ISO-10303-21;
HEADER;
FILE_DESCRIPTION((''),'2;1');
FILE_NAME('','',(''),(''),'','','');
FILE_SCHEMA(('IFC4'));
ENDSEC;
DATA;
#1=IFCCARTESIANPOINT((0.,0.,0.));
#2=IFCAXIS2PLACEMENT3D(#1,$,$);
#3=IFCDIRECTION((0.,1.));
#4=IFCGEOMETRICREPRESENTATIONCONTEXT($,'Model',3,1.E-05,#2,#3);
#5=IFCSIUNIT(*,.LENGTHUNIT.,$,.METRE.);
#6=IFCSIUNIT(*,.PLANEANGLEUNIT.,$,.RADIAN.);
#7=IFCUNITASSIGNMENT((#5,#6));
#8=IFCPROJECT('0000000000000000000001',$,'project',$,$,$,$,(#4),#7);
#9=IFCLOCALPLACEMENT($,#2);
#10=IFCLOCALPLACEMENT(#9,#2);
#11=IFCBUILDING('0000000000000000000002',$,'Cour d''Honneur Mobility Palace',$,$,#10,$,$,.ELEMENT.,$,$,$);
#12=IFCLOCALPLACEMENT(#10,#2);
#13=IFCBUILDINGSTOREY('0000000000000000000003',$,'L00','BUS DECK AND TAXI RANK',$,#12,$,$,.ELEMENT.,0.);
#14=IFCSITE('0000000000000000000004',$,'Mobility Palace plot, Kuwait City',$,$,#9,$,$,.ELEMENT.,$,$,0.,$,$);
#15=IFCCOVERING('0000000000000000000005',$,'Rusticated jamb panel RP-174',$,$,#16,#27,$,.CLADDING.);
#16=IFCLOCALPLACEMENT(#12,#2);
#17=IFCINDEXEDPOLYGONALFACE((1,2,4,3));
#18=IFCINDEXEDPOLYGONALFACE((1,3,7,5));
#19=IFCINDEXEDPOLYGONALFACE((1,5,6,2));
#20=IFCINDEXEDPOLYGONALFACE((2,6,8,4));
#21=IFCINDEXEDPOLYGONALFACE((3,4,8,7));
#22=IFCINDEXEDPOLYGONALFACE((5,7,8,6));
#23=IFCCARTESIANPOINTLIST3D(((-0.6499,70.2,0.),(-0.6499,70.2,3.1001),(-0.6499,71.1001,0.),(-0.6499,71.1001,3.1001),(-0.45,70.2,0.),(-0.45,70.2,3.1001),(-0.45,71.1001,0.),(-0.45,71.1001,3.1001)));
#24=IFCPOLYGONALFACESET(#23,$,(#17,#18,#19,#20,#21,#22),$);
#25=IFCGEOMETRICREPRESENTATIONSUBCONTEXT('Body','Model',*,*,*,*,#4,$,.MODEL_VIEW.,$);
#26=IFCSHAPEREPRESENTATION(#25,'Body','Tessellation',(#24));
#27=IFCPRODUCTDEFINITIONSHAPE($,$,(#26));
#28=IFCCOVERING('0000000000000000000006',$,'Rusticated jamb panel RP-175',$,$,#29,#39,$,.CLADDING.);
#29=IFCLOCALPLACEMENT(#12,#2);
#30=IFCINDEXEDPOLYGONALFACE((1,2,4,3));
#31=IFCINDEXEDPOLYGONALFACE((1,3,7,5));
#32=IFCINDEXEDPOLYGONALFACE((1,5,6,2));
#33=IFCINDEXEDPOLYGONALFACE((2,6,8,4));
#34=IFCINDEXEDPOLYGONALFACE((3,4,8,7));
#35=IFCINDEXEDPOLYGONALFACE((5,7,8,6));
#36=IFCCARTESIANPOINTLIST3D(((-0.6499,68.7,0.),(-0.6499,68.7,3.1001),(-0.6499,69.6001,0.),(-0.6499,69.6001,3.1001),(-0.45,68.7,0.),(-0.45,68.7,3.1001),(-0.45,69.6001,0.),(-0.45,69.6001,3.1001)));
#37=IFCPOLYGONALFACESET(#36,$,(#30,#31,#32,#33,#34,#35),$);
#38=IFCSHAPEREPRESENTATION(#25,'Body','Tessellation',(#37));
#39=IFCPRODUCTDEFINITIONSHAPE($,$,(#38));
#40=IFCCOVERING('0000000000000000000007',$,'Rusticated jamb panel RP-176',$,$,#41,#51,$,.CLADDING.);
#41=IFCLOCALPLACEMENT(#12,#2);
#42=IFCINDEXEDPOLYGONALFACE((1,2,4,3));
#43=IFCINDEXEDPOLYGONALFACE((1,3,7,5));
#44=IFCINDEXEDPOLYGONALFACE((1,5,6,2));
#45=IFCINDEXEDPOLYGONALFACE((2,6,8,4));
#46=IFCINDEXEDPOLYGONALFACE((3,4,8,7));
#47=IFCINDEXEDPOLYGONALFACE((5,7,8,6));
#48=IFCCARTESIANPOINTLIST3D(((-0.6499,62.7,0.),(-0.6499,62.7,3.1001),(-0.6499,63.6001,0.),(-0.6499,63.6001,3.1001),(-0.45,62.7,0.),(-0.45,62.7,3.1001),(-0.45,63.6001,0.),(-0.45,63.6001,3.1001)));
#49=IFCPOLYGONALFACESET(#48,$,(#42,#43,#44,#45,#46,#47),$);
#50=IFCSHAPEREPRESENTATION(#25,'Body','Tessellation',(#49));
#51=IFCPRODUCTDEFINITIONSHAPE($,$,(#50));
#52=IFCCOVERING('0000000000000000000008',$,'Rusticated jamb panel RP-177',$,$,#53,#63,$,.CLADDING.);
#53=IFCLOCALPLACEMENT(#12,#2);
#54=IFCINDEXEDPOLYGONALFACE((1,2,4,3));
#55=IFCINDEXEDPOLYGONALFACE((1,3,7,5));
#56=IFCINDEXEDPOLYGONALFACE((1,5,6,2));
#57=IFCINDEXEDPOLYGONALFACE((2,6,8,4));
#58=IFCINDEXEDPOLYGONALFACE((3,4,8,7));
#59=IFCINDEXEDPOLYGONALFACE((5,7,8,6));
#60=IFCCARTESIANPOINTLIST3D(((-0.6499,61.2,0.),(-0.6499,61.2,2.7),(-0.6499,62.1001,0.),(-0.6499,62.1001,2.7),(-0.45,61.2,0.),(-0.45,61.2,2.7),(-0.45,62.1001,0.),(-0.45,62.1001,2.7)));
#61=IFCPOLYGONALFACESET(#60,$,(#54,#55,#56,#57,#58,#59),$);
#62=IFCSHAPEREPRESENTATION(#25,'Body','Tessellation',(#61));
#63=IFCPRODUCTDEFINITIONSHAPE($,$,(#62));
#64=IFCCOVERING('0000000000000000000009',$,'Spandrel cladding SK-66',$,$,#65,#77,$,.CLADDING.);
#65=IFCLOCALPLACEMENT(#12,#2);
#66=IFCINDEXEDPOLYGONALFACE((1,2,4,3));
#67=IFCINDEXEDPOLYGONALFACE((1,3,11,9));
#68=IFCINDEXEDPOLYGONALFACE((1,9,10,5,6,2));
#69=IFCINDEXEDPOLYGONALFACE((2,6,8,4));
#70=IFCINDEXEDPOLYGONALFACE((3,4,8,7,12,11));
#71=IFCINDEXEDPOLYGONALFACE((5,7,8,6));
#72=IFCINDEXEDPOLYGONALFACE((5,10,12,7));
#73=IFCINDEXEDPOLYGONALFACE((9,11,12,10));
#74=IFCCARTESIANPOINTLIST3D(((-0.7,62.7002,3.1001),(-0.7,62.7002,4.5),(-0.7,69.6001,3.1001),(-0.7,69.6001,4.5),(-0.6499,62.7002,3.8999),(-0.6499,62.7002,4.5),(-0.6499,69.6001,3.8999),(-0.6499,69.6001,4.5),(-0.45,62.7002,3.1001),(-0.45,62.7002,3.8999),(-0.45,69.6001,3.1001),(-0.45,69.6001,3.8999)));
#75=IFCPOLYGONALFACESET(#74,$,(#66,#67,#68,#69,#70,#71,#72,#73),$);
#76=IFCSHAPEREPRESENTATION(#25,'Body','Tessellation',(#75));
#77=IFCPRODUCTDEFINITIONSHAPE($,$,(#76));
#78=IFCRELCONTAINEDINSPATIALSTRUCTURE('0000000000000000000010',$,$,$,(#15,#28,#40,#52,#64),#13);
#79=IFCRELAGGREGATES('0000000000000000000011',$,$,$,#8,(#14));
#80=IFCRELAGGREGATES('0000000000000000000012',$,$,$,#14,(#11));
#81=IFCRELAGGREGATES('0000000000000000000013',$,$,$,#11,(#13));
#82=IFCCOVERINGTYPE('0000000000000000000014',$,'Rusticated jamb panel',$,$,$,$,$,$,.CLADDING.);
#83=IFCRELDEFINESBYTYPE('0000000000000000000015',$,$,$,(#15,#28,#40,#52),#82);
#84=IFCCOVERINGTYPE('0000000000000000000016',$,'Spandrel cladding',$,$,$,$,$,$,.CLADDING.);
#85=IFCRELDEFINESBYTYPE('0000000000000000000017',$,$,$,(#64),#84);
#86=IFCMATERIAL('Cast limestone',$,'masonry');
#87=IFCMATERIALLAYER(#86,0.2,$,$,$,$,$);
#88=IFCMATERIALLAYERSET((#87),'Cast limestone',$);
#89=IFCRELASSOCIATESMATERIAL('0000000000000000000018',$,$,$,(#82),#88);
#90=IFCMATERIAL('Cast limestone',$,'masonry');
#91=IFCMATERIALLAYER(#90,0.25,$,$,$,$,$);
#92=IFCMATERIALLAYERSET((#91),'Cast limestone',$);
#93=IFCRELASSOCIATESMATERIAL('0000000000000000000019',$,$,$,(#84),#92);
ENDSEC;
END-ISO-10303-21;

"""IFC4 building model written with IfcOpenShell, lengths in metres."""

from ifc_helpers import new_model, si_unit, direction, frame, origin, place, context, subcontext, project, spatial, polyline, outline, extrude, material, layer, layer_set, type_object, element, save


model = new_model("IFC4")

# Units and contexts
model_context = context("Model", 3, precision=1e-05, world=origin(), true_north=direction((0.0, 1.0)))
body_context = subcontext(model_context, "Body", "Model", "MODEL_VIEW")
ifc_project = project(units=[si_unit("LENGTHUNIT", "METRE"), si_unit("PLANEANGLEUNIT", "RADIAN")], contexts=[model_context])

# Site, building, storey
site_placement = place(None, origin())
site = spatial("IfcSite", under=ifc_project, at=site_placement, Name="Mobility Palace plot, Kuwait City", CompositionType="ELEMENT", RefElevation=0.0)
building_placement = place(site_placement, origin())
building = spatial("IfcBuilding", under=site, at=building_placement, Name="Cour d'Honneur Mobility Palace", CompositionType="ELEMENT")
storey_placement = place(building_placement, origin())
storey = spatial("IfcBuildingStorey", under=building, at=storey_placement, Name="L00", Description="BUS DECK AND TAXI RANK", CompositionType="ELEMENT", Elevation=0.0)

# Coverings
ifc_material_1 = material(Name="Cast limestone", Category="masonry")
ifc_layer_1 = layer(ifc_material_1, 0.2)
ifc_layer_set_1 = layer_set([ifc_layer_1], Name="Cast limestone")
covering_type_1 = type_object("IfcCoveringType", Name="Rusticated jamb panel", PredefinedType="CLADDING", material=ifc_layer_set_1)
for number, where, z_axis, x_axis, name in (
    (1, (-0.6499, 71.1001, 0.0), (-1.0, 0.0, 0.0), (0.0, -1.0, 0.0), "Rusticated jamb panel RP-174"),
    (2, (-0.6499, 69.6001, 0.0), (-1.0, 0.0, 0.0), (0.0, -1.0, 0.0), "Rusticated jamb panel RP-175"),
    (3, (-0.6499, 63.6001, 0.0), (-1.0, 0.0, 0.0), (0.0, -1.0, 0.0), "Rusticated jamb panel RP-176"),
):
    element("IfcCovering", number, at=place(storey_placement, frame(where, z_axis=z_axis, x_axis=x_axis)), inside=storey, type_object=covering_type_1, Name=name, PredefinedType="CLADDING", context=body_context, shape_type="SweptSolid", body=[
        extrude(outline(polyline([(0.0, 0.0), (0.9001, 0.0), (0.9001, 3.1001), (0.0, 3.1001), (0.0, 0.0)])), origin(), (0.0, 0.0, -1.0), 0.2),
    ])
covering_1_placement = place(storey_placement, frame((-0.6499, 62.1001, 0.0), z_axis=(-1.0, 0.0, 0.0), x_axis=(0.0, -1.0, 0.0)))
element("IfcCovering", 4, at=covering_1_placement, inside=storey, type_object=covering_type_1, Name="Rusticated jamb panel RP-177", PredefinedType="CLADDING", context=body_context, shape_type="SweptSolid", body=[
    extrude(outline(polyline([(0.0, 0.0), (0.9001, 0.0), (0.9001, 2.7), (0.0, 2.7), (0.0, 0.0)])), origin(), (0.0, 0.0, -1.0), 0.2),
])
ifc_material_2 = material(Name="Cast limestone", Category="masonry")
ifc_layer_2 = layer(ifc_material_2, 0.25)
ifc_layer_set_2 = layer_set([ifc_layer_2], Name="Cast limestone")
covering_type_2 = type_object("IfcCoveringType", Name="Spandrel cladding", PredefinedType="CLADDING", material=ifc_layer_set_2)
covering_2_placement = place(storey_placement, frame((-0.45, 69.6001, 3.1001), z_axis=(0.0, 1.0, 0.0), x_axis=(-1.0, 0.0, 0.0)))
element("IfcCovering", 5, at=covering_2_placement, inside=storey, type_object=covering_type_2, Name="Spandrel cladding SK-66", PredefinedType="CLADDING", context=body_context, shape_type="SweptSolid", body=[
    extrude(outline(polyline([(0.0, 0.0), (0.25, 0.0), (0.25, 1.3999), (0.2, 1.3999), (0.2, 0.7998), (0.0, 0.7998), (0.0, 0.0)])), origin(), (0.0, 0.0, -1.0), 6.8999),
])

save(model, "model.ifc")
